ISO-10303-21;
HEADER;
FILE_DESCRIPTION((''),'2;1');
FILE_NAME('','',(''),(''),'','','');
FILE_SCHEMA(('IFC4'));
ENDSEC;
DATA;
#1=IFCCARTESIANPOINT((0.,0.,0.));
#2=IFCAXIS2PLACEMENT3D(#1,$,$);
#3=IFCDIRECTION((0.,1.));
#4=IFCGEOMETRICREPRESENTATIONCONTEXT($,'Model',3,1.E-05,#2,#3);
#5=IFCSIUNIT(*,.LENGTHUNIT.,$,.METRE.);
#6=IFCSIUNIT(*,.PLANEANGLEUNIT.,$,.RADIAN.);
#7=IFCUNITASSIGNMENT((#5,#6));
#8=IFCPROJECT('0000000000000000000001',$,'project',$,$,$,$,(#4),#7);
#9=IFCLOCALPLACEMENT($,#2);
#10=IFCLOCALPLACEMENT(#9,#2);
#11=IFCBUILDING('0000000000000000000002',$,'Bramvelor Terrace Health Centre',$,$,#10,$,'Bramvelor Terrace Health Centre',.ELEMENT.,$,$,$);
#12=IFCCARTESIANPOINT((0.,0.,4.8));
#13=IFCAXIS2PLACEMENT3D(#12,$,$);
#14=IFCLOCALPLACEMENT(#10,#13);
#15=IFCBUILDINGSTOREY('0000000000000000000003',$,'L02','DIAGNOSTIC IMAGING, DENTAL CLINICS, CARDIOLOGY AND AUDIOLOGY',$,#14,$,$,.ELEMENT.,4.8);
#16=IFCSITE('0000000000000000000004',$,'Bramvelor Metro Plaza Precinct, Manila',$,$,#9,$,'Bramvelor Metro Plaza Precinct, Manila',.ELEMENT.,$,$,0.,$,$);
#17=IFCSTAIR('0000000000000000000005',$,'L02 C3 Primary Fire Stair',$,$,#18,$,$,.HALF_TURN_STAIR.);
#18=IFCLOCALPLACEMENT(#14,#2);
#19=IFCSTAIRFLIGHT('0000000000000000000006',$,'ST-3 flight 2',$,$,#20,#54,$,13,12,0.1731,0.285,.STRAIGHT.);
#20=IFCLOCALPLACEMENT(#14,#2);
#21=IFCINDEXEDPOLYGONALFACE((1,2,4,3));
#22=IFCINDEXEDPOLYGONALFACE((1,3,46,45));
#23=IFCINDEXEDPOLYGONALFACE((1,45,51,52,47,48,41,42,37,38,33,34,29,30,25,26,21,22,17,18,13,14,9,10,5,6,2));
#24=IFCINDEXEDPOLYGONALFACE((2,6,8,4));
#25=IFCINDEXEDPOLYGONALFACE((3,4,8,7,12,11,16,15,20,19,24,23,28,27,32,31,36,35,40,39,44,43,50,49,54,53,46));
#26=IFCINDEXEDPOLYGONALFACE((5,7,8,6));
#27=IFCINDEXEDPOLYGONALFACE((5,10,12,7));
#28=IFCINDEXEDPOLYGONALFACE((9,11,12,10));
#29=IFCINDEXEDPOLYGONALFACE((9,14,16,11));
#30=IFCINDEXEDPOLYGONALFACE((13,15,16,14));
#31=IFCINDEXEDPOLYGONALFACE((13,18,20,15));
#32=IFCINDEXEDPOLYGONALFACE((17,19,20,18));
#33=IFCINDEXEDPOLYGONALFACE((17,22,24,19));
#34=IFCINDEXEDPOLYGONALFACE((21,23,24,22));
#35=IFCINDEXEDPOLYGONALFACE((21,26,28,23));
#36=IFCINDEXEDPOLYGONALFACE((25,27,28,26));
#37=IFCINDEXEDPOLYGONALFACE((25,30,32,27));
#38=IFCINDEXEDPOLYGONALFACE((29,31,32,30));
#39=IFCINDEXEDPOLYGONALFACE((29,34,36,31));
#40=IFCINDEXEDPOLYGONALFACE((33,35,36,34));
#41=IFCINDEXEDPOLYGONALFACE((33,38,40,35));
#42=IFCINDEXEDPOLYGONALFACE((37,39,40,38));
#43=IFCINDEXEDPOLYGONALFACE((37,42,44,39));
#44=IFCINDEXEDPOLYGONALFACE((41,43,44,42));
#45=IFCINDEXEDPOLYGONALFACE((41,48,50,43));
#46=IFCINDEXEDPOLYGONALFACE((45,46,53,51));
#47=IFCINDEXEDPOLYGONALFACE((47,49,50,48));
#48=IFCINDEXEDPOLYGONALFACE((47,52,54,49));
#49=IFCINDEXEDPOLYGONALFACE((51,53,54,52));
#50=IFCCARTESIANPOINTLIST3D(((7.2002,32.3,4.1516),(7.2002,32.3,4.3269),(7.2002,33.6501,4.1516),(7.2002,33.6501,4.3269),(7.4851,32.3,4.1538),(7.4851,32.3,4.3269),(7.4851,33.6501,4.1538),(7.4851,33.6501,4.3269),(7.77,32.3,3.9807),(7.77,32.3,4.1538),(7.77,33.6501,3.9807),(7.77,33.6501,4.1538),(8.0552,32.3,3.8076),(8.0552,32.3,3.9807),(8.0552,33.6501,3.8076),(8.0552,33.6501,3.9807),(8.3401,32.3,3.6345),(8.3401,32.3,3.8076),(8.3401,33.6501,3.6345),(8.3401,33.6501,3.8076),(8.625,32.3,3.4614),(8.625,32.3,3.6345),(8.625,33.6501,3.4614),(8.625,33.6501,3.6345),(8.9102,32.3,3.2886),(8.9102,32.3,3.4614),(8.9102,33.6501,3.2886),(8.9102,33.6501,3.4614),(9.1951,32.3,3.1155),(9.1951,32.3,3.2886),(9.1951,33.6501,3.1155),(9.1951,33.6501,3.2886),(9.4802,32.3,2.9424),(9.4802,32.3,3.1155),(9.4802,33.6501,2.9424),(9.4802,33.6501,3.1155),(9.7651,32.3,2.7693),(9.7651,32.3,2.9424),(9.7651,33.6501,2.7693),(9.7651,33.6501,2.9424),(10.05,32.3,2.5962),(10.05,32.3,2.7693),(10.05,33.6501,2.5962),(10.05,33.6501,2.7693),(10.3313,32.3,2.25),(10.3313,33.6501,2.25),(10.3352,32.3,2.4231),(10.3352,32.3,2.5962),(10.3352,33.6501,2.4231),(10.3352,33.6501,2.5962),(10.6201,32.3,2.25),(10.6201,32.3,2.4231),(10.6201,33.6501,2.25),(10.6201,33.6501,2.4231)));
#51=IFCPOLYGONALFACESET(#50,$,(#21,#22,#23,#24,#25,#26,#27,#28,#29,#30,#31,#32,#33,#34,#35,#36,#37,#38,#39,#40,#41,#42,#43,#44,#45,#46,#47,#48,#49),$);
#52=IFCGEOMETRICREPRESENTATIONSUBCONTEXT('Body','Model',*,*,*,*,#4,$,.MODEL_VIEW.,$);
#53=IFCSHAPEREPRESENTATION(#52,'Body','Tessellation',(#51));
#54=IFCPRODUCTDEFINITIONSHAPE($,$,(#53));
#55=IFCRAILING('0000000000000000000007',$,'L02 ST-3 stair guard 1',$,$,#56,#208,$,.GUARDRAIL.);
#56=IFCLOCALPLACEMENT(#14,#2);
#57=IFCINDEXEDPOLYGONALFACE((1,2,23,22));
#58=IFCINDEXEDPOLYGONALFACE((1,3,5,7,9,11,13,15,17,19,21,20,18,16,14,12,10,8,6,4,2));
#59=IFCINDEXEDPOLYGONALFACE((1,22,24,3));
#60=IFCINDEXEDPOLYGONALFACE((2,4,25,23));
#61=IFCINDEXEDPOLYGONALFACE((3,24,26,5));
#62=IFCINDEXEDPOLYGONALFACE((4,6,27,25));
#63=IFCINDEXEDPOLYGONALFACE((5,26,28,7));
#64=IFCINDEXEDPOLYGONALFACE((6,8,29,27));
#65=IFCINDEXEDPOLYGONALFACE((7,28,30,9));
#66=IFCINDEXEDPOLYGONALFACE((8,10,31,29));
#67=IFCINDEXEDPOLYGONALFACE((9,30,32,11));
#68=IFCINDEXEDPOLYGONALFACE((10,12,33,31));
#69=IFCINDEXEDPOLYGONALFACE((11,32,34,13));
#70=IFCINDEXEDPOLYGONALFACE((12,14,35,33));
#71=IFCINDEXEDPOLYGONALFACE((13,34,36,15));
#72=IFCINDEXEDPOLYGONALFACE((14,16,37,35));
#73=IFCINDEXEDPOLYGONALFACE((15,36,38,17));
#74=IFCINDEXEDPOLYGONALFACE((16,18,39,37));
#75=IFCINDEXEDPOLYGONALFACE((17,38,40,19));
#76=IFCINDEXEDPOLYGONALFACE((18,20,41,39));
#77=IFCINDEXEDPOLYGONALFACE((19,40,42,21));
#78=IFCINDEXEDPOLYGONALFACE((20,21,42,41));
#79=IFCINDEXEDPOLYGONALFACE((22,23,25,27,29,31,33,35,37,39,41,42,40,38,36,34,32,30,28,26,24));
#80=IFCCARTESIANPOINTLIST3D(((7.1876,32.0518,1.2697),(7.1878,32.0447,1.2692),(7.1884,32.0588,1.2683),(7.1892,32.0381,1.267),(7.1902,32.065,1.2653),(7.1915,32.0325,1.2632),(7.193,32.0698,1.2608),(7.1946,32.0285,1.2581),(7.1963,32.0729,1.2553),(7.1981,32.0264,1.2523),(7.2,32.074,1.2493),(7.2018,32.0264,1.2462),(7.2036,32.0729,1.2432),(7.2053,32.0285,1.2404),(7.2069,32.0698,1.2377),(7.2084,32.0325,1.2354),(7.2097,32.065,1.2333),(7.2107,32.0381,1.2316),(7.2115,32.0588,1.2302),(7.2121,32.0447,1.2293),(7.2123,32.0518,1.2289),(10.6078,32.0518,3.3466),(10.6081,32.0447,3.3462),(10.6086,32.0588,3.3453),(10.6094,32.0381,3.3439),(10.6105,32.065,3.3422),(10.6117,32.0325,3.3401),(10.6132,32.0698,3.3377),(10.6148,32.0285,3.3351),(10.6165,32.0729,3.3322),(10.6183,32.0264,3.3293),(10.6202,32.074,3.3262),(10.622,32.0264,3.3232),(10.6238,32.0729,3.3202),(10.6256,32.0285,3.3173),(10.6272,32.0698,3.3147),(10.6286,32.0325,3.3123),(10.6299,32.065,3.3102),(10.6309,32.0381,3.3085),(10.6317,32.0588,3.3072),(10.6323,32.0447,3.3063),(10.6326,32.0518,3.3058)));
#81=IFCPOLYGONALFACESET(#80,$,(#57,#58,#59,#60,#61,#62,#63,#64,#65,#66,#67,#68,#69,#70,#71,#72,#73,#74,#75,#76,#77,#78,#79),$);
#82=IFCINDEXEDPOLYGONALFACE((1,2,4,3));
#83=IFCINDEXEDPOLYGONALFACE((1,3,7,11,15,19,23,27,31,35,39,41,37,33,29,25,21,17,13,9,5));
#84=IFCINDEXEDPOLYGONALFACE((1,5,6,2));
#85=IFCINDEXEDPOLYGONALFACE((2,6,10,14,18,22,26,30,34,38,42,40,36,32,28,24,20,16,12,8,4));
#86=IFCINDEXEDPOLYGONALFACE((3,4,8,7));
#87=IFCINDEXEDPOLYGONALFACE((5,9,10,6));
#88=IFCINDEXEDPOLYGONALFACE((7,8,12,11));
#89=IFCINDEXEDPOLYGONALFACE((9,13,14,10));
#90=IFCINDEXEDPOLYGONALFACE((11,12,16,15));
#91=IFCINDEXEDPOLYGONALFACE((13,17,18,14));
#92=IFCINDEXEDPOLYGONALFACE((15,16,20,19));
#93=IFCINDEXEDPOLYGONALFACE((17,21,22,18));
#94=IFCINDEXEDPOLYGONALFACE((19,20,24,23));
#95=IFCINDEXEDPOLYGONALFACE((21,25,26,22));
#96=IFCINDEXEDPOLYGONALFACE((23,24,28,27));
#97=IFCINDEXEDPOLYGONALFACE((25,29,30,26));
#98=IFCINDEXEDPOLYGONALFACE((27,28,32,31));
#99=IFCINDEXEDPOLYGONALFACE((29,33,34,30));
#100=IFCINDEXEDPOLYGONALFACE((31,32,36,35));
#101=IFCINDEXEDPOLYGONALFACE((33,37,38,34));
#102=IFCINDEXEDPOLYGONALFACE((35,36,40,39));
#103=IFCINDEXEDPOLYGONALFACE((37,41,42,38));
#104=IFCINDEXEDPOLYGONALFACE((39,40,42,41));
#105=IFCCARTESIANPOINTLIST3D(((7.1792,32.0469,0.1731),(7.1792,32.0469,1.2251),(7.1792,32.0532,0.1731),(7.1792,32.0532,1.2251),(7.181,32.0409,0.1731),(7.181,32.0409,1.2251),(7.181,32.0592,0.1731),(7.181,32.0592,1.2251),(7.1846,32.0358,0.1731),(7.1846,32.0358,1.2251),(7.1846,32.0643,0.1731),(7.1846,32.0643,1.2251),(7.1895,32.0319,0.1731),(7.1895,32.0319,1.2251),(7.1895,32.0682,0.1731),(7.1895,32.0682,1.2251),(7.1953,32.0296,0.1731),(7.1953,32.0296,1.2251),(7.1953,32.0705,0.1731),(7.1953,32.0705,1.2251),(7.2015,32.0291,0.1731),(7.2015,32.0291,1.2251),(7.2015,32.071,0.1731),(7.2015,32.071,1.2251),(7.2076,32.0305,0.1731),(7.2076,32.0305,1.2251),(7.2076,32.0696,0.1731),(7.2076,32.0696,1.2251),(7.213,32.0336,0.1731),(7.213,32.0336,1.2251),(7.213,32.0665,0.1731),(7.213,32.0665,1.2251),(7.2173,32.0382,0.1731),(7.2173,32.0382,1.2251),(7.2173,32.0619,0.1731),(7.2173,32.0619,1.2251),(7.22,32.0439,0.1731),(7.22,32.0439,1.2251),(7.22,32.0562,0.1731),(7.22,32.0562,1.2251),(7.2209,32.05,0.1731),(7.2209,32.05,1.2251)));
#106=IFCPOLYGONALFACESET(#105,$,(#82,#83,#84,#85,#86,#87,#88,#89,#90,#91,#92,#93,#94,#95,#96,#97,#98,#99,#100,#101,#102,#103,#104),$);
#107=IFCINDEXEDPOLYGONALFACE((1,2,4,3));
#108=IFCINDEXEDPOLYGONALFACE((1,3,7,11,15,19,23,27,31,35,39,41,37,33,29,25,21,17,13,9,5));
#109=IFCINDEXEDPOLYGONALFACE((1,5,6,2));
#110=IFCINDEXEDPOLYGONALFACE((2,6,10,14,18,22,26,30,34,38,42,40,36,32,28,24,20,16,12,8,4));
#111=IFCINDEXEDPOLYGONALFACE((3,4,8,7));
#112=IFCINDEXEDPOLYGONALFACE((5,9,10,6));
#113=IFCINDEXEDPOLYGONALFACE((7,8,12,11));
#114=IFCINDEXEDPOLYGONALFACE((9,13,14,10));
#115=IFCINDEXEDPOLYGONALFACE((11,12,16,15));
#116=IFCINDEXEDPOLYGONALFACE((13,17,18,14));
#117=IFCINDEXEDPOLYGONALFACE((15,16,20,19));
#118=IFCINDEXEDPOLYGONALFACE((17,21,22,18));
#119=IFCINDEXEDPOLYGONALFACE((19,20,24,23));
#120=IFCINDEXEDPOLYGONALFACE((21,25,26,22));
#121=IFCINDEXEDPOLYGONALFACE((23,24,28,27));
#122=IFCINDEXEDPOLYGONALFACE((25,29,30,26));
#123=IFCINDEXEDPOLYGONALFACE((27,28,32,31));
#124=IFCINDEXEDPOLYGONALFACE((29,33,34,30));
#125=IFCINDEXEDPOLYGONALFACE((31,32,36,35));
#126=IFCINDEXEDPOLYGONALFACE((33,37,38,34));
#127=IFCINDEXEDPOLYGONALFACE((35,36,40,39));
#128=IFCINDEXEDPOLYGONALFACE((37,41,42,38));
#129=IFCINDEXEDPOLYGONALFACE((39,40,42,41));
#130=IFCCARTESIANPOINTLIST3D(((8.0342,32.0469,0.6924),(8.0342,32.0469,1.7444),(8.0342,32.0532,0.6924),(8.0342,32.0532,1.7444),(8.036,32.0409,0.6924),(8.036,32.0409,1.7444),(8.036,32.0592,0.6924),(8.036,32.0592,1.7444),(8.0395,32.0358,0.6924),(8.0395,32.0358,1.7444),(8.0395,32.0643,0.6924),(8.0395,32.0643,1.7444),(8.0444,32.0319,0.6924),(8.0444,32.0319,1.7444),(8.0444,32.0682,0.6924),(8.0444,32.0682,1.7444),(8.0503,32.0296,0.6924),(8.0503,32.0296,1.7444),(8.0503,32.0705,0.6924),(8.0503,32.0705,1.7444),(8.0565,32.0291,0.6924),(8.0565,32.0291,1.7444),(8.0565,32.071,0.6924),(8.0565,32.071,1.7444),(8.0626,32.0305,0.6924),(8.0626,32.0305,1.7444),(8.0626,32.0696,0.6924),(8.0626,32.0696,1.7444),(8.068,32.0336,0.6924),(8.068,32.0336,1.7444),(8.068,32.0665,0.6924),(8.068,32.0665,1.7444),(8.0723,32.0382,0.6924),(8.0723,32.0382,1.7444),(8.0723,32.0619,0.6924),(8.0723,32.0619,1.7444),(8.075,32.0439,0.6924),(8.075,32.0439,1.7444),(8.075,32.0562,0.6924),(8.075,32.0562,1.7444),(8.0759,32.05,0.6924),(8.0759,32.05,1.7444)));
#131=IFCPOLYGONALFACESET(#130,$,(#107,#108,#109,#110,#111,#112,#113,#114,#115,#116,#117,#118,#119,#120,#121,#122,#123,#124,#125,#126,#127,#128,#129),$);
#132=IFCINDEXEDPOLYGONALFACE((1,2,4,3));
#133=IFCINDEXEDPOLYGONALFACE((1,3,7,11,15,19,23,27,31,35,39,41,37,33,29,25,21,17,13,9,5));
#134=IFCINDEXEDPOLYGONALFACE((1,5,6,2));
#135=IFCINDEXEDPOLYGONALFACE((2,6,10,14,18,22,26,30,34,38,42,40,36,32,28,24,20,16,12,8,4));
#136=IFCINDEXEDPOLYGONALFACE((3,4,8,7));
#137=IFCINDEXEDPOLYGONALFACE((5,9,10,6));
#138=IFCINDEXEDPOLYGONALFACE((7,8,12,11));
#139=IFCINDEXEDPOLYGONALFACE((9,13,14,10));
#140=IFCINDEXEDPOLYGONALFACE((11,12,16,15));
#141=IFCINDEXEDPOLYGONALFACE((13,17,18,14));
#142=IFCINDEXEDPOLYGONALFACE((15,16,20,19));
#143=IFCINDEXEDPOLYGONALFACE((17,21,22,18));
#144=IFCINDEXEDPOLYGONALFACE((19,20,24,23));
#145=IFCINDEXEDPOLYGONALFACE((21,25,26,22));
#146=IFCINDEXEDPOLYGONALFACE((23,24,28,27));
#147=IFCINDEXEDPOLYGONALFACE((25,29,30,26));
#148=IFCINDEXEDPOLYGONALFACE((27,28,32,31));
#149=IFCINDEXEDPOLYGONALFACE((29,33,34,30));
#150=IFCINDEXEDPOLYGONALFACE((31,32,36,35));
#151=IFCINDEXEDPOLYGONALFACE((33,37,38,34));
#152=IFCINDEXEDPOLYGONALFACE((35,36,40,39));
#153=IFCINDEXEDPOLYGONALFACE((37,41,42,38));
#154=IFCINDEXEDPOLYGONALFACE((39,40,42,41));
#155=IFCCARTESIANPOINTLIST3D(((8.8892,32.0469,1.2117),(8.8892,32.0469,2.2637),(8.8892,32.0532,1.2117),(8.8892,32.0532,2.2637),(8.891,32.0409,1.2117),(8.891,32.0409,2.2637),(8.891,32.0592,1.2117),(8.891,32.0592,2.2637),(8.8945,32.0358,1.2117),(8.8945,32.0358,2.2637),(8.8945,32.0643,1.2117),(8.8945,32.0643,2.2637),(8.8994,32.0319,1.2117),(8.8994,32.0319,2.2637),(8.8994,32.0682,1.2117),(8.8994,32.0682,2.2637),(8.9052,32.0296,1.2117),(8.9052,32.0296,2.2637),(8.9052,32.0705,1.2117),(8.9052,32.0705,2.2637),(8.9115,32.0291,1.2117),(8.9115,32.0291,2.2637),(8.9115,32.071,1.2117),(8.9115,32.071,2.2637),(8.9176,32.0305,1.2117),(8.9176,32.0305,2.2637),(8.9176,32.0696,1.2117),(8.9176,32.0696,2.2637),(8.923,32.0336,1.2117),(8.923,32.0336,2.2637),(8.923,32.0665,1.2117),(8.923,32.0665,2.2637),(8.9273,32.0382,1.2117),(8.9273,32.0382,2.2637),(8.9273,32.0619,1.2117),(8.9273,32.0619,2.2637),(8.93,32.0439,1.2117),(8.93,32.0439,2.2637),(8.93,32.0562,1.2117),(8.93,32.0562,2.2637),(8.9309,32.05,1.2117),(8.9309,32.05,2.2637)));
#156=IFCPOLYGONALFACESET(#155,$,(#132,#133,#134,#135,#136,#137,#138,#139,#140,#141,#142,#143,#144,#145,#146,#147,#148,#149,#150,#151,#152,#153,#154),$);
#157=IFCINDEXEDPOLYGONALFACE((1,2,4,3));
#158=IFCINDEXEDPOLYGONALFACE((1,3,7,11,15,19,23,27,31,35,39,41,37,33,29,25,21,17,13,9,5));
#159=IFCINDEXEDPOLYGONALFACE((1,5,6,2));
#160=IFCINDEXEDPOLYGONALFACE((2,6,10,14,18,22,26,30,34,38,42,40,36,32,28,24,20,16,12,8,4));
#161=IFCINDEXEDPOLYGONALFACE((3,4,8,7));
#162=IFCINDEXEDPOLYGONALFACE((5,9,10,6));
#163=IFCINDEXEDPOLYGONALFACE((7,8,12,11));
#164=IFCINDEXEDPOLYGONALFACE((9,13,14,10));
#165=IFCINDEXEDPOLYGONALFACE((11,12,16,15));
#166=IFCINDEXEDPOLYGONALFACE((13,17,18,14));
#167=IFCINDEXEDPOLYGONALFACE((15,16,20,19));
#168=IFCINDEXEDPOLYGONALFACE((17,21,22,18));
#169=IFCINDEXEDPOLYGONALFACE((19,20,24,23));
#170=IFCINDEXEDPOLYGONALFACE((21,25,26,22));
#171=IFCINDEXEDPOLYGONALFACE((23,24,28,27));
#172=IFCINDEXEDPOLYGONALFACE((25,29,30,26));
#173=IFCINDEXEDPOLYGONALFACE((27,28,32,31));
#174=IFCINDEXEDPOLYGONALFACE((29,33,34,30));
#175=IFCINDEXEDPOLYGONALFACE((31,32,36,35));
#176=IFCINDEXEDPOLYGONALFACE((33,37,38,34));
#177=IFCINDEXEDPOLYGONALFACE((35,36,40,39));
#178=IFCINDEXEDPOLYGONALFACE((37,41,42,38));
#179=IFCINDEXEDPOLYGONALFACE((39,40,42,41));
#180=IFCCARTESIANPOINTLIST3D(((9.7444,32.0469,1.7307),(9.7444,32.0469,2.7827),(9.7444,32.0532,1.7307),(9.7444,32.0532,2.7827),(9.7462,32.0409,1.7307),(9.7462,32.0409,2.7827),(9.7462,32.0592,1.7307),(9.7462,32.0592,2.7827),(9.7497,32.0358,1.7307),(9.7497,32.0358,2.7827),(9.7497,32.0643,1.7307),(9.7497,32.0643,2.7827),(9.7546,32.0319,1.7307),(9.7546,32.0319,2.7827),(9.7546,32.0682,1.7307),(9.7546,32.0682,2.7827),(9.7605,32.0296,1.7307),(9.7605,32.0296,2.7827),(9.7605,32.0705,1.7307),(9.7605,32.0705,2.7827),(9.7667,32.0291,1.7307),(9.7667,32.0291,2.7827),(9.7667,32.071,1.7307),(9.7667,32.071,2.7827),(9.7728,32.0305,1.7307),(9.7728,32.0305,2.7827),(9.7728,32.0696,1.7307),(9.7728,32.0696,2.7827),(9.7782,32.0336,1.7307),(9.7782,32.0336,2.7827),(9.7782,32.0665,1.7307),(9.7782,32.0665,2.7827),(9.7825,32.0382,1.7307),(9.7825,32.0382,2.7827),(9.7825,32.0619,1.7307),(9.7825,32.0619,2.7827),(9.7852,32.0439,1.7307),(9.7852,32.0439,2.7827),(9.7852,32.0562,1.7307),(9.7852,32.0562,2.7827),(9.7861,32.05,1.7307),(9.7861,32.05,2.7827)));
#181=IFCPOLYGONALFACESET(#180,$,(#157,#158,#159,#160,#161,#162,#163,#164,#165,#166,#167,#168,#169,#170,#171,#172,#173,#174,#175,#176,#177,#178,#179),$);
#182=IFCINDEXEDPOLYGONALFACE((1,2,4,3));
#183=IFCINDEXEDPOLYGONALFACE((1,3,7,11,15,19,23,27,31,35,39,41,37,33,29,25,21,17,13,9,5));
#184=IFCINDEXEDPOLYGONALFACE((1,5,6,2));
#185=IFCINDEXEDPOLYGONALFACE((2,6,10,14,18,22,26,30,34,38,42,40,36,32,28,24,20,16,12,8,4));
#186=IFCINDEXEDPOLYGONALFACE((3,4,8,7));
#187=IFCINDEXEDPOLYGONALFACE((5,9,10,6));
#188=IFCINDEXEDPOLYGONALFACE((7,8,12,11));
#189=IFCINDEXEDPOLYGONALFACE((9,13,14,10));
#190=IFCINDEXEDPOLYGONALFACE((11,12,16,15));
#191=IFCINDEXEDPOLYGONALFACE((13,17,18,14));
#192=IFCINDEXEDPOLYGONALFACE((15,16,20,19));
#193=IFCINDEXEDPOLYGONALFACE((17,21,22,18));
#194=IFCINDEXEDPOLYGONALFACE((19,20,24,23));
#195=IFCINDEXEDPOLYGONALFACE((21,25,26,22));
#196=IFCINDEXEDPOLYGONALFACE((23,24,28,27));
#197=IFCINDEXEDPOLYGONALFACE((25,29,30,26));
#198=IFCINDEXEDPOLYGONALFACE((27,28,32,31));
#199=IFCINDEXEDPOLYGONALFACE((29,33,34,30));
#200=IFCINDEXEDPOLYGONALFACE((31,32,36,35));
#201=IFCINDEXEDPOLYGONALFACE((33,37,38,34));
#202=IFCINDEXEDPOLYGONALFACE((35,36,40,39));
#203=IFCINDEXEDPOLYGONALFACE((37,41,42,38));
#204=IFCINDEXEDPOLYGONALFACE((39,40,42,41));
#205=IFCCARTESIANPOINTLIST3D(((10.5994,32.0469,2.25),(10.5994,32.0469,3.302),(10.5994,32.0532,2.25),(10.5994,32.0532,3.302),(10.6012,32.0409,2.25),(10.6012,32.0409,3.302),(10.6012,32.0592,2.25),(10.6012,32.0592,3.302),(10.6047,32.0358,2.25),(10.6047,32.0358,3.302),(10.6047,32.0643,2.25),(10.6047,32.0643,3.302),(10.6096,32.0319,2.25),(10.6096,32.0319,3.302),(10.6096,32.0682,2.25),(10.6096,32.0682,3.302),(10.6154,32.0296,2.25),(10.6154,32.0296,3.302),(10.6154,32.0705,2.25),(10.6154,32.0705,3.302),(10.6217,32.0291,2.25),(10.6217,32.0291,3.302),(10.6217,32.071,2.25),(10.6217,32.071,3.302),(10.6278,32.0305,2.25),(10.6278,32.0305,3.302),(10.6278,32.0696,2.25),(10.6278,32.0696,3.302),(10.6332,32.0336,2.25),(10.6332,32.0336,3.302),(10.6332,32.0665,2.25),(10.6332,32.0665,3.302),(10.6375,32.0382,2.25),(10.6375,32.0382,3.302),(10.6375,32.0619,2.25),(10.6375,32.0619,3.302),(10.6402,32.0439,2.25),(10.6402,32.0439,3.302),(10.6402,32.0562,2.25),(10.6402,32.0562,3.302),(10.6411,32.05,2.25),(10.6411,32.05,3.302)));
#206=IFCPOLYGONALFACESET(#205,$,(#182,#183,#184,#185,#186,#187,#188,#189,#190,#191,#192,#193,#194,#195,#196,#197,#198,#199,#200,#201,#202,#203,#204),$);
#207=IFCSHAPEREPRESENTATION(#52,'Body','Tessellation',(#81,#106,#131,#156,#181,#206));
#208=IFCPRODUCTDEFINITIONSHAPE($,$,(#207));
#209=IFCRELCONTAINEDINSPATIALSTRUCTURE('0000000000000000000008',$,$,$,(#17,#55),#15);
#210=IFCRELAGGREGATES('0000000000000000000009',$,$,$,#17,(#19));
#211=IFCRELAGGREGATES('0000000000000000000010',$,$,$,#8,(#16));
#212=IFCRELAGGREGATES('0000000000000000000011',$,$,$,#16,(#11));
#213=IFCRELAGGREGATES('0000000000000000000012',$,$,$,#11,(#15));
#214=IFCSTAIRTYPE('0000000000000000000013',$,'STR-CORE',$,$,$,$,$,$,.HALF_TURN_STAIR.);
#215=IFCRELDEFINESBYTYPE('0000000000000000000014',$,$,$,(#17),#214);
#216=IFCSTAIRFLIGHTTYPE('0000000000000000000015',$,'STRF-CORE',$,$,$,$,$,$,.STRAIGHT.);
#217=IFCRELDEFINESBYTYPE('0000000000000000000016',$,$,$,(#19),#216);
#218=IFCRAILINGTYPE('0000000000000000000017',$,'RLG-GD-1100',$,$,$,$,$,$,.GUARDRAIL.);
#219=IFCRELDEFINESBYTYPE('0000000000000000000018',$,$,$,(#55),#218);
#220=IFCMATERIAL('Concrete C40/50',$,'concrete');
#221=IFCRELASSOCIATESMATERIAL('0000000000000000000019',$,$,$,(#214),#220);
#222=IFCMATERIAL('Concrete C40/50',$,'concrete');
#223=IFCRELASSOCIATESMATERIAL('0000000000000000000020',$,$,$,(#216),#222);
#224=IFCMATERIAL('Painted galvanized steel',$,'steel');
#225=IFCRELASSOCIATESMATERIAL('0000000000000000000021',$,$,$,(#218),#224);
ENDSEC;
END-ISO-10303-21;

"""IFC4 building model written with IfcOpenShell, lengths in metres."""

from ifc_helpers import new_model, si_unit, direction, frame, origin, origin_2d, place, context, subcontext, project, spatial, polyline, circle, outline, extrude, material, type_object, element, aggregate, save


model = new_model("IFC4")

# Units and contexts
model_context = context("Model", 3, precision=1e-05, world=origin(), true_north=direction((0.0, 1.0)))
body_context = subcontext(model_context, "Body", "Model", "MODEL_VIEW")
ifc_project = project(units=[si_unit("LENGTHUNIT", "METRE"), si_unit("PLANEANGLEUNIT", "RADIAN")], contexts=[model_context])

# Site, building, storey
site_placement = place(None, origin())
site = spatial("IfcSite", under=ifc_project, at=site_placement, Name="Bramvelor Metro Plaza Precinct, Manila", LongName="Bramvelor Metro Plaza Precinct, Manila", CompositionType="ELEMENT", RefElevation=0.0)
building_placement = place(site_placement, origin())
building = spatial("IfcBuilding", under=site, at=building_placement, Name="Bramvelor Terrace Health Centre", LongName="Bramvelor Terrace Health Centre", CompositionType="ELEMENT")
storey_placement = place(building_placement, frame((0.0, 0.0, 4.8)))
storey = spatial("IfcBuildingStorey", under=building, at=storey_placement, Name="L02", Description="DIAGNOSTIC IMAGING, DENTAL CLINICS, CARDIOLOGY AND AUDIOLOGY", CompositionType="ELEMENT", Elevation=4.8)

# Stair, stair flight
ifc_material_1 = material(Name="Concrete C40/50", Category="concrete")
stair_type = type_object("IfcStairType", Name="STR-CORE", PredefinedType="HALF_TURN_STAIR", material=ifc_material_1)
stair_placement = place(storey_placement, origin())
stair = element("IfcStair", 1, at=stair_placement, inside=storey, type_object=stair_type, Name="L02 C3 Primary Fire Stair", PredefinedType="HALF_TURN_STAIR")
ifc_material_2 = material(Name="Concrete C40/50", Category="concrete")
stair_flight_type = type_object("IfcStairFlightType", Name="STRF-CORE", PredefinedType="STRAIGHT", material=ifc_material_2)
stair_flight_1_placement = place(storey_placement, frame((10.6201, 32.9751, 2.25), z_axis=(0.0, 0.0, 1.0), x_axis=(-1.0, 0.0, 0.0)))
stair_flight_1 = element("IfcStairFlight", 2, at=stair_flight_1_placement, type_object=stair_flight_type, Name="ST-3 flight 2", NumberOfRisers=13, NumberOfTreads=12, PredefinedType="STRAIGHT", RiserHeight=0.1731, TreadLength=0.285, context=body_context, shape_type="SweptSolid", body=[
    extrude(outline(polyline([(0.0, 0.0), (0.0, 0.1731), (0.2849, 0.1731), (0.2849, 0.3462), (0.5701, 0.3462), (0.5701, 0.5193), (0.855, 0.5193), (0.855, 0.6924), (1.1399, 0.6924), (1.1399, 0.8655), (1.425, 0.8655), (1.425, 1.0386), (1.71, 1.0386), (1.71, 1.2114), (1.9951, 1.2114), (1.9951, 1.3845), (2.28, 1.3845), (2.28, 1.5576), (2.5649, 1.5576), (2.5649, 1.7307), (2.8501, 1.7307), (2.8501, 1.9038), (3.135, 1.9038), (3.135, 2.0769), (3.4199, 2.0769), (3.4199, 2.25), (3.4199, 1.9016), (0.2888, 0.0), (0.0, 0.0)])), frame((0.0, 0.675, 0.0), z_axis=(0.0, -1.0, 0.0), x_axis=(1.0, 0.0, 0.0)), (0.0, 0.0, 1.0), 1.3501),
])
aggregate(stair, [stair_flight_1])

# Railing
ifc_material_3 = material(Name="Painted galvanized steel", Category="steel")
railing_type_1 = type_object("IfcRailingType", Name="RLG-GD-1100", PredefinedType="GUARDRAIL", material=ifc_material_3)
railing_1_placement = place(storey_placement, frame((7.2, 32.05, 0.1731)))
element("IfcRailing", 3, at=railing_1_placement, inside=storey, type_object=railing_type_1, Name="L02 ST-3 stair guard 1", PredefinedType="GUARDRAIL", context=body_context, shape_type="SweptSolid", body=[
    extrude(circle(Radius=0.0239, at=origin_2d()), frame((0.0, 0.0, 1.0762), z_axis=(0.854746, 0.0, 0.519047), x_axis=(0.0, 1.0, 0.0)), (0.0, 0.0, 1.0), 4.0015),
    extrude(circle(Radius=0.021, at=origin_2d()), origin(), (0.0, 0.0, 1.0), 1.052),
    extrude(circle(Radius=0.021, at=origin_2d()), frame((0.855, 0.0, 0.5193)), (0.0, 0.0, 1.0), 1.052),
    extrude(circle(Radius=0.021, at=origin_2d()), frame((1.71, 0.0, 1.0386)), (0.0, 0.0, 1.0), 1.052),
    extrude(circle(Radius=0.021, at=origin_2d()), frame((2.5652, 0.0, 1.5576)), (0.0, 0.0, 1.0), 1.052),
    extrude(circle(Radius=0.021, at=origin_2d()), frame((3.4202, 0.0, 2.0769)), (0.0, 0.0, 1.0), 1.052),
])

save(model, "model.ifc")
